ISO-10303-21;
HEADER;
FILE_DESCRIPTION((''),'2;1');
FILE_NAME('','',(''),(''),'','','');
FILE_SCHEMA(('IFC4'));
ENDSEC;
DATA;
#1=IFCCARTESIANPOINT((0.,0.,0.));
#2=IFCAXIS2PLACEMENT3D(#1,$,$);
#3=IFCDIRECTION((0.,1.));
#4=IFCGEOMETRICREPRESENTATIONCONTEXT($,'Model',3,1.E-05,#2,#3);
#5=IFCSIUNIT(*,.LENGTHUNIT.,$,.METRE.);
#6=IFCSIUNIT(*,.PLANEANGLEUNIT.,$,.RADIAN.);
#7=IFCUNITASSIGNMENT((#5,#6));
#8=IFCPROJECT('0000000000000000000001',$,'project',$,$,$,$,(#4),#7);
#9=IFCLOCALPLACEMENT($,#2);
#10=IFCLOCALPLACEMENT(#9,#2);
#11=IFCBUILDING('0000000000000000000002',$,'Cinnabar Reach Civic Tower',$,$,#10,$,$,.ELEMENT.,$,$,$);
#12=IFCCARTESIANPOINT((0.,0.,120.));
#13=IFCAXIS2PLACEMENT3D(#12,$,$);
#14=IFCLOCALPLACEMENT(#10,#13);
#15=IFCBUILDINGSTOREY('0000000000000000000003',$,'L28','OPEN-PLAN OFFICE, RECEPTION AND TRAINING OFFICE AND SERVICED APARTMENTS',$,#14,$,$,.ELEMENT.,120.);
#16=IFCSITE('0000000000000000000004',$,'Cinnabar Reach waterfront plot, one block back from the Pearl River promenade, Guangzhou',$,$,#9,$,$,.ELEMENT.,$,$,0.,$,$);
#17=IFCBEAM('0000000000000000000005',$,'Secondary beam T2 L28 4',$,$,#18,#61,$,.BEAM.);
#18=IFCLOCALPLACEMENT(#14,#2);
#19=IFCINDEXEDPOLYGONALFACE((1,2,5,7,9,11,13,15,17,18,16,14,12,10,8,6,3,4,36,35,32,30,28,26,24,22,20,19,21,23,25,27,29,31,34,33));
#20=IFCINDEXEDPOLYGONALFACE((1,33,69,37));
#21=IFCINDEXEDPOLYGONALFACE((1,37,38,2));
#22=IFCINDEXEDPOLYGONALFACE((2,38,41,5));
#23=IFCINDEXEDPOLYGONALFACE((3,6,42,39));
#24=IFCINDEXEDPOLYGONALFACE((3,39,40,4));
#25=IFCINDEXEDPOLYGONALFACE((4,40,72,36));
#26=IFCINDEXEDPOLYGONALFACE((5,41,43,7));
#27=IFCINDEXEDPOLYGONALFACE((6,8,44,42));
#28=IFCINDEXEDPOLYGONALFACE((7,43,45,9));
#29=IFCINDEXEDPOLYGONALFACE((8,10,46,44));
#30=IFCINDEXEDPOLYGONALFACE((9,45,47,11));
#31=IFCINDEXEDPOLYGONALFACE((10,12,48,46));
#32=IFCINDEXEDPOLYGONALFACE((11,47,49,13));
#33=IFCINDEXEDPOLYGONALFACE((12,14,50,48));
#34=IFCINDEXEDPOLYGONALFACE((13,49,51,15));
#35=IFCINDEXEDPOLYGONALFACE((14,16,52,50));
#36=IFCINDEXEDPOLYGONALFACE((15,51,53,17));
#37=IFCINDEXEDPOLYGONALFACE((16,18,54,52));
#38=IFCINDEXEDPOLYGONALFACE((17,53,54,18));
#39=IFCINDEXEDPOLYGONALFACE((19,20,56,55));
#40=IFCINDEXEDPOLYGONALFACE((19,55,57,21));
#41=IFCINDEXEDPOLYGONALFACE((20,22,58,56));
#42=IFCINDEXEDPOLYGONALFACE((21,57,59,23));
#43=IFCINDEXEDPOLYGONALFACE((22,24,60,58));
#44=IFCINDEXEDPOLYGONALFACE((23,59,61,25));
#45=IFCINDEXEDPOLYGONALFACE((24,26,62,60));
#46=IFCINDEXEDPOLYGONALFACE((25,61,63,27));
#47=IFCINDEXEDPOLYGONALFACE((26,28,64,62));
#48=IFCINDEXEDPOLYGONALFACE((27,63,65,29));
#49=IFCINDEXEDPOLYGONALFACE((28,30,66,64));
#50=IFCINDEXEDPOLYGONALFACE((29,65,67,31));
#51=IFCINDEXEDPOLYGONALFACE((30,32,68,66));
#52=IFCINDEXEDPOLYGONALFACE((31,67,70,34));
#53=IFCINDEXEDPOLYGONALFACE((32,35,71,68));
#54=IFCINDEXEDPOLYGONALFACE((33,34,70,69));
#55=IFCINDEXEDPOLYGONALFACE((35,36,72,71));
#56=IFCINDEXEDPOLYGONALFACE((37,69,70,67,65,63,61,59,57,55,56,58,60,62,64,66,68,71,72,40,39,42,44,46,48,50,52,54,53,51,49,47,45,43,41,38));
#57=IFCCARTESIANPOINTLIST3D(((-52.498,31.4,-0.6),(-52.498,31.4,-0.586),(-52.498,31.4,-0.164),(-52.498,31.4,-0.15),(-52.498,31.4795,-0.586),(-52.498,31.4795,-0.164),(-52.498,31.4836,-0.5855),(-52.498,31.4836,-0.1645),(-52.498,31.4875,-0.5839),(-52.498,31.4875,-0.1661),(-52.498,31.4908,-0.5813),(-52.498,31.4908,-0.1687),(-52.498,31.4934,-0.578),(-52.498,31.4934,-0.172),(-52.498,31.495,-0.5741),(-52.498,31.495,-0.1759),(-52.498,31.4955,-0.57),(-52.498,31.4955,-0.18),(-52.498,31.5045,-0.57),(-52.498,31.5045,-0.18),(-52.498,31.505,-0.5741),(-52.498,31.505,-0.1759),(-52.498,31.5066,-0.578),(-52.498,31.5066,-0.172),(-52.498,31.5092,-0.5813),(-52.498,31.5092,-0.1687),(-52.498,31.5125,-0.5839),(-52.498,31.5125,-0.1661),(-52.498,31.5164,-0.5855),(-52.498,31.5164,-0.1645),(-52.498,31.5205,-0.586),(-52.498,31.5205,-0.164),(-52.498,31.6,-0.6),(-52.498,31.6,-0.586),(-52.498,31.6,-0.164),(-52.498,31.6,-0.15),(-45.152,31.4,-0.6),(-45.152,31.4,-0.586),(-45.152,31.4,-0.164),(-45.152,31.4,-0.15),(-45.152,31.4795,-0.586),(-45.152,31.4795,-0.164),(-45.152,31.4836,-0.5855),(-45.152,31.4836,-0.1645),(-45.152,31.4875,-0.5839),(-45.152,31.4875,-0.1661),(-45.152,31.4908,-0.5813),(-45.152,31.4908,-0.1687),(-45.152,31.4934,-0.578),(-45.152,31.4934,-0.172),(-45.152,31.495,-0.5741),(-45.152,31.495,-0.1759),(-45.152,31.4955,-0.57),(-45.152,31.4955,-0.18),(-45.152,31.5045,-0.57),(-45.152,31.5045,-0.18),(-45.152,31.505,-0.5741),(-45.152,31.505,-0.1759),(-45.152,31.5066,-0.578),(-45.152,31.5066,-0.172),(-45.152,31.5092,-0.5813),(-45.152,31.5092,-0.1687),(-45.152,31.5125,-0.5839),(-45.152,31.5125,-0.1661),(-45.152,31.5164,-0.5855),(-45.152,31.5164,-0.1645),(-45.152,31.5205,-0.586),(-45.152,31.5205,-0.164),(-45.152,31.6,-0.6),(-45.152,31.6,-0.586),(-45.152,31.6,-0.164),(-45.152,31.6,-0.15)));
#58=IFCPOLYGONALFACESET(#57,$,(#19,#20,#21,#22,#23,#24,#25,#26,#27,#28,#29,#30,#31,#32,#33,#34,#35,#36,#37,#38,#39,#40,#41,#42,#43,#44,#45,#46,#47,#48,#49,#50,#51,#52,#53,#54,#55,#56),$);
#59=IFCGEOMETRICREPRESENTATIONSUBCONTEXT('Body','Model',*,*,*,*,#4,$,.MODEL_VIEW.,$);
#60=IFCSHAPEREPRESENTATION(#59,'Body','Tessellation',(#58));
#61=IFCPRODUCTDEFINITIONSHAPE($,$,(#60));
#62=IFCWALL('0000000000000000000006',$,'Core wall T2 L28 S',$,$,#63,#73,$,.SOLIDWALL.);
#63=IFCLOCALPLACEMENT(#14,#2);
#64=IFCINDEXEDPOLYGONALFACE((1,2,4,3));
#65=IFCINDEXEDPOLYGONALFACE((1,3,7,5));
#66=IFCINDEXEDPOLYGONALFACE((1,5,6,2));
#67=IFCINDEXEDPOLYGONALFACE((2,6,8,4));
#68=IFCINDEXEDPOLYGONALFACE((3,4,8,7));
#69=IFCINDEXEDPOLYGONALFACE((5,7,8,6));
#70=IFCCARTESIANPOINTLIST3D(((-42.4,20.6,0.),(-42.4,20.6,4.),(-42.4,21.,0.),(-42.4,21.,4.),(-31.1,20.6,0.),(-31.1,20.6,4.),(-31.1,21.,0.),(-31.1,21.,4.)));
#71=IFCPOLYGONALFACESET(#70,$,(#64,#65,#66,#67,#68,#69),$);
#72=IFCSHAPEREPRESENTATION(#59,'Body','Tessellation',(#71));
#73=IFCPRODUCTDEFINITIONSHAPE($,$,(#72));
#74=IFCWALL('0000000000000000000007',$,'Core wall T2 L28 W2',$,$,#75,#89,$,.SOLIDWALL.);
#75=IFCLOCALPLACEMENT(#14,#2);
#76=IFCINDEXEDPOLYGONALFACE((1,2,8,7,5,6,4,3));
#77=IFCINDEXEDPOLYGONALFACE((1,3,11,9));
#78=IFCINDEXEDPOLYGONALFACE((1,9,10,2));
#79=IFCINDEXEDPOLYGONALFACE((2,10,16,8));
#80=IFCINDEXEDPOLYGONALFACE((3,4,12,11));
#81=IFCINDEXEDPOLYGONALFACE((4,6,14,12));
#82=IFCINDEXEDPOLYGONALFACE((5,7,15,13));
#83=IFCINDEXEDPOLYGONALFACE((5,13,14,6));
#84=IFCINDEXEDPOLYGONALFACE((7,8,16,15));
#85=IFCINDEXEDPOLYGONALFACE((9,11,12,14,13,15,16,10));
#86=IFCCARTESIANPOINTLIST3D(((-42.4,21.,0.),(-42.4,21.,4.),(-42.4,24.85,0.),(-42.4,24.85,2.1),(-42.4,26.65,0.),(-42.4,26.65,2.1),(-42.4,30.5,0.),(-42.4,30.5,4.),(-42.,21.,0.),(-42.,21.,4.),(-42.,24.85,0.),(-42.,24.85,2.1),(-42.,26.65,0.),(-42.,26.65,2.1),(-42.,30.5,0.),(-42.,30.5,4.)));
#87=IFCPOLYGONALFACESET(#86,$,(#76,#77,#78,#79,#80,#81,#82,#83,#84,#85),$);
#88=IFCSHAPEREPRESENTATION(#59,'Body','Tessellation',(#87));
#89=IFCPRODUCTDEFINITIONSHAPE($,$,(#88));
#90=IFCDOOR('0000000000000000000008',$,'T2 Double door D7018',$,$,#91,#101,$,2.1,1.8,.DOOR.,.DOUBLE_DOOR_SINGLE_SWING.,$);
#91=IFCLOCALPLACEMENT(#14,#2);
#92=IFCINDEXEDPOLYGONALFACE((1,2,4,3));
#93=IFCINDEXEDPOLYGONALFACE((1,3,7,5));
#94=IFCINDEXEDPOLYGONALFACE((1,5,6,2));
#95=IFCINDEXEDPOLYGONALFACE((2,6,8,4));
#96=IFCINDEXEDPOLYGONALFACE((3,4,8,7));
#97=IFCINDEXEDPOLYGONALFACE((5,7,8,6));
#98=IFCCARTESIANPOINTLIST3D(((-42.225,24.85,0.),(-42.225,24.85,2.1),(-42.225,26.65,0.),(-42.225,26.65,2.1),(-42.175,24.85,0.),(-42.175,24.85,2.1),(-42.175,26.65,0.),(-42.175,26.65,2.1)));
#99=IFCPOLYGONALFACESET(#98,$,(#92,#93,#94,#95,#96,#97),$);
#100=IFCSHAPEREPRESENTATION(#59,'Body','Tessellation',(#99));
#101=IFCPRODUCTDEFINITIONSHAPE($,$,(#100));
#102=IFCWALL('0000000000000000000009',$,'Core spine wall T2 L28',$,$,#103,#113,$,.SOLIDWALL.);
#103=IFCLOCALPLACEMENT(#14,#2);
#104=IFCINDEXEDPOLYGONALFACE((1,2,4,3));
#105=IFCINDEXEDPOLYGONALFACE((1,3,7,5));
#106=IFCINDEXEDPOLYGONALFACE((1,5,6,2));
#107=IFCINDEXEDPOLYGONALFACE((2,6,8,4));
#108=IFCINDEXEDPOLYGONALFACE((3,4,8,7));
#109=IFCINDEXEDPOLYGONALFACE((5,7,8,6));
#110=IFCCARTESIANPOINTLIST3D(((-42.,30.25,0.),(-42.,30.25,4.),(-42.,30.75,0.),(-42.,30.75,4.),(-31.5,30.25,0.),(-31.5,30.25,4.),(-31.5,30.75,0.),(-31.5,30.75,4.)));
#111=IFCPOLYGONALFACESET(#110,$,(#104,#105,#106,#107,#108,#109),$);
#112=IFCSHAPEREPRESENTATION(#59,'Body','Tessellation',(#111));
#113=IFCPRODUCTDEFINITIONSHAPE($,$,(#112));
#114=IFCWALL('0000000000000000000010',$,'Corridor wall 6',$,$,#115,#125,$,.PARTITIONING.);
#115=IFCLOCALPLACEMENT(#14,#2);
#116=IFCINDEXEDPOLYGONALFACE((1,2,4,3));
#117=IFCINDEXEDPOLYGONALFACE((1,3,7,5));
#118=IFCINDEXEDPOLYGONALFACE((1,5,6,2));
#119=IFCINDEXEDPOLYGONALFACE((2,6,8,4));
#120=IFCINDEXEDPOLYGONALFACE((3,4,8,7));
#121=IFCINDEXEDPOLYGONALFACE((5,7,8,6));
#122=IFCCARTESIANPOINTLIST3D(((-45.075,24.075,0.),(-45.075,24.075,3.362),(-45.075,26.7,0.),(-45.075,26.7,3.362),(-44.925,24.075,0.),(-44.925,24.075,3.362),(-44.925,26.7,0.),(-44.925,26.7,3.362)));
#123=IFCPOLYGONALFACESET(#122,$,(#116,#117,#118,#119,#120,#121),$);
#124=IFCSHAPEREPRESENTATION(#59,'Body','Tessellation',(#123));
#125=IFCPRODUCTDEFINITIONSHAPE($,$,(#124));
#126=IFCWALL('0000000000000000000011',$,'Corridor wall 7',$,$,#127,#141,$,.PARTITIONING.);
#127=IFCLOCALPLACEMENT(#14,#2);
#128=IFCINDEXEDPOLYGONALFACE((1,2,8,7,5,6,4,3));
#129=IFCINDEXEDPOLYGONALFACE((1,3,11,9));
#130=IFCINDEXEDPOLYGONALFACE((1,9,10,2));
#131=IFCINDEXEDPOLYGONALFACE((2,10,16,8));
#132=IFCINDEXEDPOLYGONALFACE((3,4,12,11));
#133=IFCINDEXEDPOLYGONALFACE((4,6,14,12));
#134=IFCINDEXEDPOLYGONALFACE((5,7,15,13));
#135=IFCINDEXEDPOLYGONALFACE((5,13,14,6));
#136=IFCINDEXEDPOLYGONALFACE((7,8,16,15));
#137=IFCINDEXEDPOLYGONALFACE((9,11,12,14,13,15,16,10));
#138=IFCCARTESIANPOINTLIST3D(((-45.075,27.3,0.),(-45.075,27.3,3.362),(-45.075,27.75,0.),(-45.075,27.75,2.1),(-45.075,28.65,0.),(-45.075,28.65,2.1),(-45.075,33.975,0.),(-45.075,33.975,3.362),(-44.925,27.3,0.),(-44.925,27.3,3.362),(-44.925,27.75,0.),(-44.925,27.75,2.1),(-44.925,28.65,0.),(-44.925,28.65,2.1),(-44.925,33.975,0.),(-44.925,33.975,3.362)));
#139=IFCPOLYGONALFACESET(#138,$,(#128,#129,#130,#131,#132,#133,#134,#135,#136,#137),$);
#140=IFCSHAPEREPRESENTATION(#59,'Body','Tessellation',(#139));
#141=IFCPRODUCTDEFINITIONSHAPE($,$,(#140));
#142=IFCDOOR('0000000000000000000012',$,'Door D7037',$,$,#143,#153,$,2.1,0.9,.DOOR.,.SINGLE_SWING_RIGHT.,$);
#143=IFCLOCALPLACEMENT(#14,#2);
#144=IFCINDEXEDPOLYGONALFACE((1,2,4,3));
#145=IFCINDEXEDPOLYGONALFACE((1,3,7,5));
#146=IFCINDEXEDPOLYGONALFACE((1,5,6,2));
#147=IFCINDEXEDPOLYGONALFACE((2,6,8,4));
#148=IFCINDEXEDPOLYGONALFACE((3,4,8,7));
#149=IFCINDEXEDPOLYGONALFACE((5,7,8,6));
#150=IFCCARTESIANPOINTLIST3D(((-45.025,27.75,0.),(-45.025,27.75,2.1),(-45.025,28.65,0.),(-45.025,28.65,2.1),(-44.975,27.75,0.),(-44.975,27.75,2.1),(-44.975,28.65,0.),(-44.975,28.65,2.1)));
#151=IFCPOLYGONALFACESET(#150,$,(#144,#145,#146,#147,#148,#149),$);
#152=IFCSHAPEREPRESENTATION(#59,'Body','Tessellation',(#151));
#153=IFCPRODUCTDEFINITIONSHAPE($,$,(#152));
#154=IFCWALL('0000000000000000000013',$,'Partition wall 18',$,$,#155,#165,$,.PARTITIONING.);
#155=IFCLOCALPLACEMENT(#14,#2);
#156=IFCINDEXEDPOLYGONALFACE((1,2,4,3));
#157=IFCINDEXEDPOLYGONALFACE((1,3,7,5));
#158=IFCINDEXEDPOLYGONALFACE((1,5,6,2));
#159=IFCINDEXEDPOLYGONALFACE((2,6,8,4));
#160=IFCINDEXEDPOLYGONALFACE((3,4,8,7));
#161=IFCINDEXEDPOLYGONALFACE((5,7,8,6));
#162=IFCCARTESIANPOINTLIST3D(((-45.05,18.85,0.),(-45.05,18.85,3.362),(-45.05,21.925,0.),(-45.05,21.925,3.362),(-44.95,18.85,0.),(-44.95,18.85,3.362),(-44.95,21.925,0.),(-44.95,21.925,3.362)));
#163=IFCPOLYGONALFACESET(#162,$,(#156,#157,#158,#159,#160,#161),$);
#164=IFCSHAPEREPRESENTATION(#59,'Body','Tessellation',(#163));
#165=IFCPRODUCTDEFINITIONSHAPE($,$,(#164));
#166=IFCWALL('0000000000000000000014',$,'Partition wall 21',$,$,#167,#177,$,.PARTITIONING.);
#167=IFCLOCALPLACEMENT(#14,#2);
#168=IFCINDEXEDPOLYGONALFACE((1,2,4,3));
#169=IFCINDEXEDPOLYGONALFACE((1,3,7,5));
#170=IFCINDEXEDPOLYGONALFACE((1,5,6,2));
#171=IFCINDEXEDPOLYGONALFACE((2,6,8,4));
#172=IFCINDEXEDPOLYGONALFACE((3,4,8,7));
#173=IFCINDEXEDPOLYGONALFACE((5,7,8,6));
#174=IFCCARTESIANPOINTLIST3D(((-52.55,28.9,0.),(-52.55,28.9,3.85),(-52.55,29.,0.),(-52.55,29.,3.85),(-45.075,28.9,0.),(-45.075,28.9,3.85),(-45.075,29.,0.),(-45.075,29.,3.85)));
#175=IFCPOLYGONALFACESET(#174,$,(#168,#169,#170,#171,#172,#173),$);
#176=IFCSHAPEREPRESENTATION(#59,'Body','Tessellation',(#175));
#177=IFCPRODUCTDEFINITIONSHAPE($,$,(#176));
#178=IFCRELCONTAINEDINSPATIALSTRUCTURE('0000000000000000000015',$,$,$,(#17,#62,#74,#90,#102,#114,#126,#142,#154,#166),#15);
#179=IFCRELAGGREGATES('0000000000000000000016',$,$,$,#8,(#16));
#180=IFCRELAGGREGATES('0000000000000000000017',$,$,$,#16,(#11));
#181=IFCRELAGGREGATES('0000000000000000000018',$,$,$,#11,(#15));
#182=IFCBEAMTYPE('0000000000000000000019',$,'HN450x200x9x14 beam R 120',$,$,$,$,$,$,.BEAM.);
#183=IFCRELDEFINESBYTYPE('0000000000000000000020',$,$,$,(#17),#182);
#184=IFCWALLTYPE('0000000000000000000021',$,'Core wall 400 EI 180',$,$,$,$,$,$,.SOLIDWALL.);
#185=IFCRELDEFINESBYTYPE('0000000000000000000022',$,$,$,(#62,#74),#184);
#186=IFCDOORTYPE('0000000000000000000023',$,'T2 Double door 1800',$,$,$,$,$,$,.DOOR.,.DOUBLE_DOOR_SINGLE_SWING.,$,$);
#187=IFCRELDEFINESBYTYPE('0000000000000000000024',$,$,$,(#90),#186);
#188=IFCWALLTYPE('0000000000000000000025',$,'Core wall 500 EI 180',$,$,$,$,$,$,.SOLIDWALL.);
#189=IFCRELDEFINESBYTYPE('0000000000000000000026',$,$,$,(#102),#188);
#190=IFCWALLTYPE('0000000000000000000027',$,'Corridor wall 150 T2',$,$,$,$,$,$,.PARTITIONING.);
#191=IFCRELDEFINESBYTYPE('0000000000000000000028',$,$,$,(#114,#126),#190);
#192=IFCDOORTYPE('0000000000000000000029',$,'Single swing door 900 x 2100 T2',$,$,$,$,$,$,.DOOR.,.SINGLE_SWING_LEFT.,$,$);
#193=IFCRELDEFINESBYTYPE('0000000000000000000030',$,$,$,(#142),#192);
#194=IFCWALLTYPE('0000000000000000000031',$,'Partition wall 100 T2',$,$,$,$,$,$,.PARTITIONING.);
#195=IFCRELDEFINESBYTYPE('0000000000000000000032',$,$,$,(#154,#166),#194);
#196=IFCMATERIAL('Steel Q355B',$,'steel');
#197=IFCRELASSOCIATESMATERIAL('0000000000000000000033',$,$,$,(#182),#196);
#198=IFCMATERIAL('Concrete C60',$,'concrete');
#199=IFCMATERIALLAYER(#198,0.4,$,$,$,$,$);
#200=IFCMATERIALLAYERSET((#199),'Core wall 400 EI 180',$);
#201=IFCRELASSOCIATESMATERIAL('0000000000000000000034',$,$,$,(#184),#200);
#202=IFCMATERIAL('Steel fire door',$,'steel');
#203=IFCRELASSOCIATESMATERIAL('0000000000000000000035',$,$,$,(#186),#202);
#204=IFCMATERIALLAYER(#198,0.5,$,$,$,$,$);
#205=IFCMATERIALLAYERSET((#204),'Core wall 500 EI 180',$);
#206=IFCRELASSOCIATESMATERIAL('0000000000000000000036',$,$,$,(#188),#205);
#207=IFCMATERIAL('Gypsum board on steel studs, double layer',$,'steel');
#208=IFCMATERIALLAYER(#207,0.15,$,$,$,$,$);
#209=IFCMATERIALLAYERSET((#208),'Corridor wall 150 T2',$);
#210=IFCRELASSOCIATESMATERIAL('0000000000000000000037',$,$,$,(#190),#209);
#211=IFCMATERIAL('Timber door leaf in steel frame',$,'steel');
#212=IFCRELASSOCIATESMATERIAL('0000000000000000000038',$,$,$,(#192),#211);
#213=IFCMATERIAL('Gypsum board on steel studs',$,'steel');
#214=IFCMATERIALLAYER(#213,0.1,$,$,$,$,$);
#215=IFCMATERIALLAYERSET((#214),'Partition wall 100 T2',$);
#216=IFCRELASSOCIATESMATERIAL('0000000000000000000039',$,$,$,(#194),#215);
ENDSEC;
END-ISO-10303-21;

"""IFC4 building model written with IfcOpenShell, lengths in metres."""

from ifc_helpers import new_model, si_unit, direction, frame, frame_2d, origin, origin_2d, place, context, subcontext, project, spatial, rectangle, i_section, extrude, material, layer, layer_set, material_profile, profile_set, type_object, element, fill, save


model = new_model("IFC4")

# Units and contexts
model_context = context("Model", 3, precision=1e-05, world=origin(), true_north=direction((0.0, 1.0)))
body_context = subcontext(model_context, "Body", "Model", "MODEL_VIEW")
ifc_project = project(units=[si_unit("LENGTHUNIT", "METRE"), si_unit("PLANEANGLEUNIT", "RADIAN")], contexts=[model_context])

# Site, building, storey
site_placement = place(None, origin())
site = spatial("IfcSite", under=ifc_project, at=site_placement, Name="Cinnabar Reach waterfront plot, one block back from the Pearl River promenade, Guangzhou", CompositionType="ELEMENT", RefElevation=0.0)
building_placement = place(site_placement, origin())
building = spatial("IfcBuilding", under=site, at=building_placement, Name="Cinnabar Reach Civic Tower", CompositionType="ELEMENT")
storey_placement = place(building_placement, frame((0.0, 0.0, 120.0)))
storey = spatial("IfcBuildingStorey", under=building, at=storey_placement, Name="L28", Description="OPEN-PLAN OFFICE, RECEPTION AND TRAINING OFFICE AND SERVICED APARTMENTS", CompositionType="ELEMENT", Elevation=120.0)

# Shared definitions
ifc_material_1 = material(Name="Concrete C60", Category="concrete")

# Beam
ifc_material_2 = material(Name="Steel Q355B", Category="steel")
ifc_material_profile_1 = material_profile(ifc_material_2, i_section(OverallWidth=0.2, OverallDepth=0.45, WebThickness=0.009, FlangeThickness=0.014, FilletRadius=0.016, at=origin_2d()), Name="HN450x200x9x14")
ifc_profile_set_1 = profile_set([ifc_material_profile_1], Name="Steel Q355B")
beam_type_1 = type_object("IfcBeamType", Name="HN450x200x9x14 beam R 120", PredefinedType="BEAM", material=ifc_profile_set_1)
beam_1_placement = place(storey_placement, frame((-52.498, 31.5, -0.375), z_axis=(1.0, 0.0, 0.0), x_axis=(0.0, 1.0, 0.0)))
element("IfcBeam", 1, at=beam_1_placement, inside=storey, type_object=beam_type_1, Name="Secondary beam T2 L28 4", PredefinedType="BEAM", context=body_context, shape_type="SweptSolid", body=[
    extrude(i_section(OverallWidth=0.2, OverallDepth=0.45, WebThickness=0.009, FlangeThickness=0.014, FilletRadius=0.016, at=origin_2d()), origin(), (0.0, 0.0, 1.0), 7.346),
])

# Wall
ifc_layer_1 = layer(ifc_material_1, 0.4)
ifc_layer_set_1 = layer_set([ifc_layer_1], Name="Core wall 400 EI 180")
wall_type_1 = type_object("IfcWallType", Name="Core wall 400 EI 180", PredefinedType="SOLIDWALL", material=ifc_layer_set_1)
wall_1_placement = place(storey_placement, frame((-42.4, 20.8, 0.0), z_axis=(0.0, 0.0, 1.0), x_axis=(1.0, 0.0, 0.0)))
element("IfcWall", 2, at=wall_1_placement, inside=storey, type_object=wall_type_1, Name="Core wall T2 L28 S", PredefinedType="SOLIDWALL", context=body_context, shape_type="SweptSolid", body=[
    extrude(rectangle(XDim=11.3, YDim=0.4, at=frame_2d((5.65, 0.0))), origin(), (0.0, 0.0, 1.0), 4.0),
])

# Wall, opening, door
wall_2_placement = place(storey_placement, frame((-42.2, 30.5, 0.0), z_axis=(0.0, 0.0, 1.0), x_axis=(0.0, -1.0, 0.0)))
wall_2 = element("IfcWall", 3, at=wall_2_placement, inside=storey, type_object=wall_type_1, Name="Core wall T2 L28 W2", PredefinedType="SOLIDWALL", context=body_context, shape_type="SweptSolid", body=[
    extrude(rectangle(XDim=9.5, YDim=0.4, at=frame_2d((4.75, 0.0))), origin(), (0.0, 0.0, 1.0), 4.0),
])
opening_1_placement = place(wall_2_placement, frame((3.85, 0.0, 0.0)))
opening_1 = element("IfcOpeningElement", 4, at=opening_1_placement, cuts=wall_2, PredefinedType="OPENING", context=body_context, shape_type="SweptSolid", body=[
    extrude(rectangle(XDim=1.8, YDim=2.1, at=frame_2d((0.9, 1.05))), frame((0.0, 0.21, 0.0), z_axis=(0.0, -1.0, 0.0), x_axis=(1.0, 0.0, 0.0)), (0.0, 0.0, 1.0), 0.42),
])
ifc_material_3 = material(Name="Steel fire door", Category="steel")
door_type_1 = type_object("IfcDoorType", Name="T2 Double door 1800", OperationType="DOUBLE_DOOR_SINGLE_SWING", PredefinedType="DOOR", material=ifc_material_3)
door_1_placement = place(opening_1_placement, origin())
door_1 = element("IfcDoor", 5, at=door_1_placement, inside=storey, type_object=door_type_1, Name="T2 Double door D7018", OperationType="DOUBLE_DOOR_SINGLE_SWING", OverallHeight=2.1, OverallWidth=1.8, PredefinedType="DOOR", context=body_context, shape_type="SweptSolid", body=[
    extrude(rectangle(XDim=1.8, YDim=2.1, at=frame_2d((0.9, 1.05))), frame((0.0, 0.025, 0.0), z_axis=(0.0, -1.0, 0.0), x_axis=(1.0, 0.0, 0.0)), (0.0, 0.0, 1.0), 0.05),
])
fill(opening_1, door_1)

# Walls
ifc_layer_2 = layer(ifc_material_1, 0.5)
ifc_layer_set_2 = layer_set([ifc_layer_2], Name="Core wall 500 EI 180")
wall_type_2 = type_object("IfcWallType", Name="Core wall 500 EI 180", PredefinedType="SOLIDWALL", material=ifc_layer_set_2)
wall_3_placement = place(storey_placement, frame((-42.0, 30.5, 0.0), z_axis=(0.0, 0.0, 1.0), x_axis=(1.0, 0.0, 0.0)))
element("IfcWall", 6, at=wall_3_placement, inside=storey, type_object=wall_type_2, Name="Core spine wall T2 L28", PredefinedType="SOLIDWALL", context=body_context, shape_type="SweptSolid", body=[
    extrude(rectangle(XDim=10.5, YDim=0.5, at=frame_2d((5.25, 0.0))), origin(), (0.0, 0.0, 1.0), 4.0),
])
ifc_material_4 = material(Name="Gypsum board on steel studs, double layer", Category="steel")
ifc_layer_3 = layer(ifc_material_4, 0.15)
ifc_layer_set_3 = layer_set([ifc_layer_3], Name="Corridor wall 150 T2")
wall_type_3 = type_object("IfcWallType", Name="Corridor wall 150 T2", PredefinedType="PARTITIONING", material=ifc_layer_set_3)
wall_4_placement = place(storey_placement, frame((-45.0, 24.075, 0.0), z_axis=(0.0, 0.0, 1.0), x_axis=(0.0, 1.0, 0.0)))
element("IfcWall", 7, at=wall_4_placement, inside=storey, type_object=wall_type_3, Name="Corridor wall 6", PredefinedType="PARTITIONING", context=body_context, shape_type="SweptSolid", body=[
    extrude(rectangle(XDim=2.625, YDim=0.15, at=frame_2d((1.3125, 0.0))), origin(), (0.0, 0.0, 1.0), 3.362),
])

# Wall, opening, door
wall_5_placement = place(storey_placement, frame((-45.0, 27.3, 0.0), z_axis=(0.0, 0.0, 1.0), x_axis=(0.0, 1.0, 0.0)))
wall_5 = element("IfcWall", 8, at=wall_5_placement, inside=storey, type_object=wall_type_3, Name="Corridor wall 7", PredefinedType="PARTITIONING", context=body_context, shape_type="SweptSolid", body=[
    extrude(rectangle(XDim=6.675, YDim=0.15, at=frame_2d((3.3375, 0.0))), origin(), (0.0, 0.0, 1.0), 3.362),
])
opening_2_placement = place(wall_5_placement, frame((0.45, 0.0, 0.0)))
opening_2 = element("IfcOpeningElement", 9, at=opening_2_placement, cuts=wall_5, PredefinedType="OPENING", context=body_context, shape_type="SweptSolid", body=[
    extrude(rectangle(XDim=0.9, YDim=2.1, at=frame_2d((0.45, 1.05))), frame((0.0, 0.085, 0.0), z_axis=(0.0, -1.0, 0.0), x_axis=(1.0, 0.0, 0.0)), (0.0, 0.0, 1.0), 0.17),
])
ifc_material_5 = material(Name="Timber door leaf in steel frame", Category="steel")
door_type_2 = type_object("IfcDoorType", Name="Single swing door 900 x 2100 T2", OperationType="SINGLE_SWING_LEFT", PredefinedType="DOOR", material=ifc_material_5)
door_2_placement = place(opening_2_placement, origin())
door_2 = element("IfcDoor", 10, at=door_2_placement, inside=storey, type_object=door_type_2, Name="Door D7037", OperationType="SINGLE_SWING_RIGHT", OverallHeight=2.1, OverallWidth=0.9, PredefinedType="DOOR", context=body_context, shape_type="SweptSolid", body=[
    extrude(rectangle(XDim=0.9, YDim=2.1, at=frame_2d((0.45, 1.05))), frame((0.0, 0.025, 0.0), z_axis=(0.0, -1.0, 0.0), x_axis=(1.0, 0.0, 0.0)), (0.0, 0.0, 1.0), 0.05),
])
fill(opening_2, door_2)

# Walls
ifc_material_6 = material(Name="Gypsum board on steel studs", Category="steel")
ifc_layer_4 = layer(ifc_material_6, 0.1)
ifc_layer_set_4 = layer_set([ifc_layer_4], Name="Partition wall 100 T2")
wall_type_4 = type_object("IfcWallType", Name="Partition wall 100 T2", PredefinedType="PARTITIONING", material=ifc_layer_set_4)
wall_6_placement = place(storey_placement, frame((-45.0, 18.85, 0.0), z_axis=(0.0, 0.0, 1.0), x_axis=(0.0, 1.0, 0.0)))
element("IfcWall", 11, at=wall_6_placement, inside=storey, type_object=wall_type_4, Name="Partition wall 18", PredefinedType="PARTITIONING", context=body_context, shape_type="SweptSolid", body=[
    extrude(rectangle(XDim=3.075, YDim=0.1, at=frame_2d((1.5375, 0.0))), origin(), (0.0, 0.0, 1.0), 3.362),
])
wall_7_placement = place(storey_placement, frame((-52.55, 28.95, 0.0), z_axis=(0.0, 0.0, 1.0), x_axis=(1.0, 0.0, 0.0)))
element("IfcWall", 12, at=wall_7_placement, inside=storey, type_object=wall_type_4, Name="Partition wall 21", PredefinedType="PARTITIONING", context=body_context, shape_type="SweptSolid", body=[
    extrude(rectangle(XDim=7.475, YDim=0.1, at=frame_2d((3.7375, 0.0))), origin(), (0.0, 0.0, 1.0), 3.85),
])

save(model, "model.ifc")
